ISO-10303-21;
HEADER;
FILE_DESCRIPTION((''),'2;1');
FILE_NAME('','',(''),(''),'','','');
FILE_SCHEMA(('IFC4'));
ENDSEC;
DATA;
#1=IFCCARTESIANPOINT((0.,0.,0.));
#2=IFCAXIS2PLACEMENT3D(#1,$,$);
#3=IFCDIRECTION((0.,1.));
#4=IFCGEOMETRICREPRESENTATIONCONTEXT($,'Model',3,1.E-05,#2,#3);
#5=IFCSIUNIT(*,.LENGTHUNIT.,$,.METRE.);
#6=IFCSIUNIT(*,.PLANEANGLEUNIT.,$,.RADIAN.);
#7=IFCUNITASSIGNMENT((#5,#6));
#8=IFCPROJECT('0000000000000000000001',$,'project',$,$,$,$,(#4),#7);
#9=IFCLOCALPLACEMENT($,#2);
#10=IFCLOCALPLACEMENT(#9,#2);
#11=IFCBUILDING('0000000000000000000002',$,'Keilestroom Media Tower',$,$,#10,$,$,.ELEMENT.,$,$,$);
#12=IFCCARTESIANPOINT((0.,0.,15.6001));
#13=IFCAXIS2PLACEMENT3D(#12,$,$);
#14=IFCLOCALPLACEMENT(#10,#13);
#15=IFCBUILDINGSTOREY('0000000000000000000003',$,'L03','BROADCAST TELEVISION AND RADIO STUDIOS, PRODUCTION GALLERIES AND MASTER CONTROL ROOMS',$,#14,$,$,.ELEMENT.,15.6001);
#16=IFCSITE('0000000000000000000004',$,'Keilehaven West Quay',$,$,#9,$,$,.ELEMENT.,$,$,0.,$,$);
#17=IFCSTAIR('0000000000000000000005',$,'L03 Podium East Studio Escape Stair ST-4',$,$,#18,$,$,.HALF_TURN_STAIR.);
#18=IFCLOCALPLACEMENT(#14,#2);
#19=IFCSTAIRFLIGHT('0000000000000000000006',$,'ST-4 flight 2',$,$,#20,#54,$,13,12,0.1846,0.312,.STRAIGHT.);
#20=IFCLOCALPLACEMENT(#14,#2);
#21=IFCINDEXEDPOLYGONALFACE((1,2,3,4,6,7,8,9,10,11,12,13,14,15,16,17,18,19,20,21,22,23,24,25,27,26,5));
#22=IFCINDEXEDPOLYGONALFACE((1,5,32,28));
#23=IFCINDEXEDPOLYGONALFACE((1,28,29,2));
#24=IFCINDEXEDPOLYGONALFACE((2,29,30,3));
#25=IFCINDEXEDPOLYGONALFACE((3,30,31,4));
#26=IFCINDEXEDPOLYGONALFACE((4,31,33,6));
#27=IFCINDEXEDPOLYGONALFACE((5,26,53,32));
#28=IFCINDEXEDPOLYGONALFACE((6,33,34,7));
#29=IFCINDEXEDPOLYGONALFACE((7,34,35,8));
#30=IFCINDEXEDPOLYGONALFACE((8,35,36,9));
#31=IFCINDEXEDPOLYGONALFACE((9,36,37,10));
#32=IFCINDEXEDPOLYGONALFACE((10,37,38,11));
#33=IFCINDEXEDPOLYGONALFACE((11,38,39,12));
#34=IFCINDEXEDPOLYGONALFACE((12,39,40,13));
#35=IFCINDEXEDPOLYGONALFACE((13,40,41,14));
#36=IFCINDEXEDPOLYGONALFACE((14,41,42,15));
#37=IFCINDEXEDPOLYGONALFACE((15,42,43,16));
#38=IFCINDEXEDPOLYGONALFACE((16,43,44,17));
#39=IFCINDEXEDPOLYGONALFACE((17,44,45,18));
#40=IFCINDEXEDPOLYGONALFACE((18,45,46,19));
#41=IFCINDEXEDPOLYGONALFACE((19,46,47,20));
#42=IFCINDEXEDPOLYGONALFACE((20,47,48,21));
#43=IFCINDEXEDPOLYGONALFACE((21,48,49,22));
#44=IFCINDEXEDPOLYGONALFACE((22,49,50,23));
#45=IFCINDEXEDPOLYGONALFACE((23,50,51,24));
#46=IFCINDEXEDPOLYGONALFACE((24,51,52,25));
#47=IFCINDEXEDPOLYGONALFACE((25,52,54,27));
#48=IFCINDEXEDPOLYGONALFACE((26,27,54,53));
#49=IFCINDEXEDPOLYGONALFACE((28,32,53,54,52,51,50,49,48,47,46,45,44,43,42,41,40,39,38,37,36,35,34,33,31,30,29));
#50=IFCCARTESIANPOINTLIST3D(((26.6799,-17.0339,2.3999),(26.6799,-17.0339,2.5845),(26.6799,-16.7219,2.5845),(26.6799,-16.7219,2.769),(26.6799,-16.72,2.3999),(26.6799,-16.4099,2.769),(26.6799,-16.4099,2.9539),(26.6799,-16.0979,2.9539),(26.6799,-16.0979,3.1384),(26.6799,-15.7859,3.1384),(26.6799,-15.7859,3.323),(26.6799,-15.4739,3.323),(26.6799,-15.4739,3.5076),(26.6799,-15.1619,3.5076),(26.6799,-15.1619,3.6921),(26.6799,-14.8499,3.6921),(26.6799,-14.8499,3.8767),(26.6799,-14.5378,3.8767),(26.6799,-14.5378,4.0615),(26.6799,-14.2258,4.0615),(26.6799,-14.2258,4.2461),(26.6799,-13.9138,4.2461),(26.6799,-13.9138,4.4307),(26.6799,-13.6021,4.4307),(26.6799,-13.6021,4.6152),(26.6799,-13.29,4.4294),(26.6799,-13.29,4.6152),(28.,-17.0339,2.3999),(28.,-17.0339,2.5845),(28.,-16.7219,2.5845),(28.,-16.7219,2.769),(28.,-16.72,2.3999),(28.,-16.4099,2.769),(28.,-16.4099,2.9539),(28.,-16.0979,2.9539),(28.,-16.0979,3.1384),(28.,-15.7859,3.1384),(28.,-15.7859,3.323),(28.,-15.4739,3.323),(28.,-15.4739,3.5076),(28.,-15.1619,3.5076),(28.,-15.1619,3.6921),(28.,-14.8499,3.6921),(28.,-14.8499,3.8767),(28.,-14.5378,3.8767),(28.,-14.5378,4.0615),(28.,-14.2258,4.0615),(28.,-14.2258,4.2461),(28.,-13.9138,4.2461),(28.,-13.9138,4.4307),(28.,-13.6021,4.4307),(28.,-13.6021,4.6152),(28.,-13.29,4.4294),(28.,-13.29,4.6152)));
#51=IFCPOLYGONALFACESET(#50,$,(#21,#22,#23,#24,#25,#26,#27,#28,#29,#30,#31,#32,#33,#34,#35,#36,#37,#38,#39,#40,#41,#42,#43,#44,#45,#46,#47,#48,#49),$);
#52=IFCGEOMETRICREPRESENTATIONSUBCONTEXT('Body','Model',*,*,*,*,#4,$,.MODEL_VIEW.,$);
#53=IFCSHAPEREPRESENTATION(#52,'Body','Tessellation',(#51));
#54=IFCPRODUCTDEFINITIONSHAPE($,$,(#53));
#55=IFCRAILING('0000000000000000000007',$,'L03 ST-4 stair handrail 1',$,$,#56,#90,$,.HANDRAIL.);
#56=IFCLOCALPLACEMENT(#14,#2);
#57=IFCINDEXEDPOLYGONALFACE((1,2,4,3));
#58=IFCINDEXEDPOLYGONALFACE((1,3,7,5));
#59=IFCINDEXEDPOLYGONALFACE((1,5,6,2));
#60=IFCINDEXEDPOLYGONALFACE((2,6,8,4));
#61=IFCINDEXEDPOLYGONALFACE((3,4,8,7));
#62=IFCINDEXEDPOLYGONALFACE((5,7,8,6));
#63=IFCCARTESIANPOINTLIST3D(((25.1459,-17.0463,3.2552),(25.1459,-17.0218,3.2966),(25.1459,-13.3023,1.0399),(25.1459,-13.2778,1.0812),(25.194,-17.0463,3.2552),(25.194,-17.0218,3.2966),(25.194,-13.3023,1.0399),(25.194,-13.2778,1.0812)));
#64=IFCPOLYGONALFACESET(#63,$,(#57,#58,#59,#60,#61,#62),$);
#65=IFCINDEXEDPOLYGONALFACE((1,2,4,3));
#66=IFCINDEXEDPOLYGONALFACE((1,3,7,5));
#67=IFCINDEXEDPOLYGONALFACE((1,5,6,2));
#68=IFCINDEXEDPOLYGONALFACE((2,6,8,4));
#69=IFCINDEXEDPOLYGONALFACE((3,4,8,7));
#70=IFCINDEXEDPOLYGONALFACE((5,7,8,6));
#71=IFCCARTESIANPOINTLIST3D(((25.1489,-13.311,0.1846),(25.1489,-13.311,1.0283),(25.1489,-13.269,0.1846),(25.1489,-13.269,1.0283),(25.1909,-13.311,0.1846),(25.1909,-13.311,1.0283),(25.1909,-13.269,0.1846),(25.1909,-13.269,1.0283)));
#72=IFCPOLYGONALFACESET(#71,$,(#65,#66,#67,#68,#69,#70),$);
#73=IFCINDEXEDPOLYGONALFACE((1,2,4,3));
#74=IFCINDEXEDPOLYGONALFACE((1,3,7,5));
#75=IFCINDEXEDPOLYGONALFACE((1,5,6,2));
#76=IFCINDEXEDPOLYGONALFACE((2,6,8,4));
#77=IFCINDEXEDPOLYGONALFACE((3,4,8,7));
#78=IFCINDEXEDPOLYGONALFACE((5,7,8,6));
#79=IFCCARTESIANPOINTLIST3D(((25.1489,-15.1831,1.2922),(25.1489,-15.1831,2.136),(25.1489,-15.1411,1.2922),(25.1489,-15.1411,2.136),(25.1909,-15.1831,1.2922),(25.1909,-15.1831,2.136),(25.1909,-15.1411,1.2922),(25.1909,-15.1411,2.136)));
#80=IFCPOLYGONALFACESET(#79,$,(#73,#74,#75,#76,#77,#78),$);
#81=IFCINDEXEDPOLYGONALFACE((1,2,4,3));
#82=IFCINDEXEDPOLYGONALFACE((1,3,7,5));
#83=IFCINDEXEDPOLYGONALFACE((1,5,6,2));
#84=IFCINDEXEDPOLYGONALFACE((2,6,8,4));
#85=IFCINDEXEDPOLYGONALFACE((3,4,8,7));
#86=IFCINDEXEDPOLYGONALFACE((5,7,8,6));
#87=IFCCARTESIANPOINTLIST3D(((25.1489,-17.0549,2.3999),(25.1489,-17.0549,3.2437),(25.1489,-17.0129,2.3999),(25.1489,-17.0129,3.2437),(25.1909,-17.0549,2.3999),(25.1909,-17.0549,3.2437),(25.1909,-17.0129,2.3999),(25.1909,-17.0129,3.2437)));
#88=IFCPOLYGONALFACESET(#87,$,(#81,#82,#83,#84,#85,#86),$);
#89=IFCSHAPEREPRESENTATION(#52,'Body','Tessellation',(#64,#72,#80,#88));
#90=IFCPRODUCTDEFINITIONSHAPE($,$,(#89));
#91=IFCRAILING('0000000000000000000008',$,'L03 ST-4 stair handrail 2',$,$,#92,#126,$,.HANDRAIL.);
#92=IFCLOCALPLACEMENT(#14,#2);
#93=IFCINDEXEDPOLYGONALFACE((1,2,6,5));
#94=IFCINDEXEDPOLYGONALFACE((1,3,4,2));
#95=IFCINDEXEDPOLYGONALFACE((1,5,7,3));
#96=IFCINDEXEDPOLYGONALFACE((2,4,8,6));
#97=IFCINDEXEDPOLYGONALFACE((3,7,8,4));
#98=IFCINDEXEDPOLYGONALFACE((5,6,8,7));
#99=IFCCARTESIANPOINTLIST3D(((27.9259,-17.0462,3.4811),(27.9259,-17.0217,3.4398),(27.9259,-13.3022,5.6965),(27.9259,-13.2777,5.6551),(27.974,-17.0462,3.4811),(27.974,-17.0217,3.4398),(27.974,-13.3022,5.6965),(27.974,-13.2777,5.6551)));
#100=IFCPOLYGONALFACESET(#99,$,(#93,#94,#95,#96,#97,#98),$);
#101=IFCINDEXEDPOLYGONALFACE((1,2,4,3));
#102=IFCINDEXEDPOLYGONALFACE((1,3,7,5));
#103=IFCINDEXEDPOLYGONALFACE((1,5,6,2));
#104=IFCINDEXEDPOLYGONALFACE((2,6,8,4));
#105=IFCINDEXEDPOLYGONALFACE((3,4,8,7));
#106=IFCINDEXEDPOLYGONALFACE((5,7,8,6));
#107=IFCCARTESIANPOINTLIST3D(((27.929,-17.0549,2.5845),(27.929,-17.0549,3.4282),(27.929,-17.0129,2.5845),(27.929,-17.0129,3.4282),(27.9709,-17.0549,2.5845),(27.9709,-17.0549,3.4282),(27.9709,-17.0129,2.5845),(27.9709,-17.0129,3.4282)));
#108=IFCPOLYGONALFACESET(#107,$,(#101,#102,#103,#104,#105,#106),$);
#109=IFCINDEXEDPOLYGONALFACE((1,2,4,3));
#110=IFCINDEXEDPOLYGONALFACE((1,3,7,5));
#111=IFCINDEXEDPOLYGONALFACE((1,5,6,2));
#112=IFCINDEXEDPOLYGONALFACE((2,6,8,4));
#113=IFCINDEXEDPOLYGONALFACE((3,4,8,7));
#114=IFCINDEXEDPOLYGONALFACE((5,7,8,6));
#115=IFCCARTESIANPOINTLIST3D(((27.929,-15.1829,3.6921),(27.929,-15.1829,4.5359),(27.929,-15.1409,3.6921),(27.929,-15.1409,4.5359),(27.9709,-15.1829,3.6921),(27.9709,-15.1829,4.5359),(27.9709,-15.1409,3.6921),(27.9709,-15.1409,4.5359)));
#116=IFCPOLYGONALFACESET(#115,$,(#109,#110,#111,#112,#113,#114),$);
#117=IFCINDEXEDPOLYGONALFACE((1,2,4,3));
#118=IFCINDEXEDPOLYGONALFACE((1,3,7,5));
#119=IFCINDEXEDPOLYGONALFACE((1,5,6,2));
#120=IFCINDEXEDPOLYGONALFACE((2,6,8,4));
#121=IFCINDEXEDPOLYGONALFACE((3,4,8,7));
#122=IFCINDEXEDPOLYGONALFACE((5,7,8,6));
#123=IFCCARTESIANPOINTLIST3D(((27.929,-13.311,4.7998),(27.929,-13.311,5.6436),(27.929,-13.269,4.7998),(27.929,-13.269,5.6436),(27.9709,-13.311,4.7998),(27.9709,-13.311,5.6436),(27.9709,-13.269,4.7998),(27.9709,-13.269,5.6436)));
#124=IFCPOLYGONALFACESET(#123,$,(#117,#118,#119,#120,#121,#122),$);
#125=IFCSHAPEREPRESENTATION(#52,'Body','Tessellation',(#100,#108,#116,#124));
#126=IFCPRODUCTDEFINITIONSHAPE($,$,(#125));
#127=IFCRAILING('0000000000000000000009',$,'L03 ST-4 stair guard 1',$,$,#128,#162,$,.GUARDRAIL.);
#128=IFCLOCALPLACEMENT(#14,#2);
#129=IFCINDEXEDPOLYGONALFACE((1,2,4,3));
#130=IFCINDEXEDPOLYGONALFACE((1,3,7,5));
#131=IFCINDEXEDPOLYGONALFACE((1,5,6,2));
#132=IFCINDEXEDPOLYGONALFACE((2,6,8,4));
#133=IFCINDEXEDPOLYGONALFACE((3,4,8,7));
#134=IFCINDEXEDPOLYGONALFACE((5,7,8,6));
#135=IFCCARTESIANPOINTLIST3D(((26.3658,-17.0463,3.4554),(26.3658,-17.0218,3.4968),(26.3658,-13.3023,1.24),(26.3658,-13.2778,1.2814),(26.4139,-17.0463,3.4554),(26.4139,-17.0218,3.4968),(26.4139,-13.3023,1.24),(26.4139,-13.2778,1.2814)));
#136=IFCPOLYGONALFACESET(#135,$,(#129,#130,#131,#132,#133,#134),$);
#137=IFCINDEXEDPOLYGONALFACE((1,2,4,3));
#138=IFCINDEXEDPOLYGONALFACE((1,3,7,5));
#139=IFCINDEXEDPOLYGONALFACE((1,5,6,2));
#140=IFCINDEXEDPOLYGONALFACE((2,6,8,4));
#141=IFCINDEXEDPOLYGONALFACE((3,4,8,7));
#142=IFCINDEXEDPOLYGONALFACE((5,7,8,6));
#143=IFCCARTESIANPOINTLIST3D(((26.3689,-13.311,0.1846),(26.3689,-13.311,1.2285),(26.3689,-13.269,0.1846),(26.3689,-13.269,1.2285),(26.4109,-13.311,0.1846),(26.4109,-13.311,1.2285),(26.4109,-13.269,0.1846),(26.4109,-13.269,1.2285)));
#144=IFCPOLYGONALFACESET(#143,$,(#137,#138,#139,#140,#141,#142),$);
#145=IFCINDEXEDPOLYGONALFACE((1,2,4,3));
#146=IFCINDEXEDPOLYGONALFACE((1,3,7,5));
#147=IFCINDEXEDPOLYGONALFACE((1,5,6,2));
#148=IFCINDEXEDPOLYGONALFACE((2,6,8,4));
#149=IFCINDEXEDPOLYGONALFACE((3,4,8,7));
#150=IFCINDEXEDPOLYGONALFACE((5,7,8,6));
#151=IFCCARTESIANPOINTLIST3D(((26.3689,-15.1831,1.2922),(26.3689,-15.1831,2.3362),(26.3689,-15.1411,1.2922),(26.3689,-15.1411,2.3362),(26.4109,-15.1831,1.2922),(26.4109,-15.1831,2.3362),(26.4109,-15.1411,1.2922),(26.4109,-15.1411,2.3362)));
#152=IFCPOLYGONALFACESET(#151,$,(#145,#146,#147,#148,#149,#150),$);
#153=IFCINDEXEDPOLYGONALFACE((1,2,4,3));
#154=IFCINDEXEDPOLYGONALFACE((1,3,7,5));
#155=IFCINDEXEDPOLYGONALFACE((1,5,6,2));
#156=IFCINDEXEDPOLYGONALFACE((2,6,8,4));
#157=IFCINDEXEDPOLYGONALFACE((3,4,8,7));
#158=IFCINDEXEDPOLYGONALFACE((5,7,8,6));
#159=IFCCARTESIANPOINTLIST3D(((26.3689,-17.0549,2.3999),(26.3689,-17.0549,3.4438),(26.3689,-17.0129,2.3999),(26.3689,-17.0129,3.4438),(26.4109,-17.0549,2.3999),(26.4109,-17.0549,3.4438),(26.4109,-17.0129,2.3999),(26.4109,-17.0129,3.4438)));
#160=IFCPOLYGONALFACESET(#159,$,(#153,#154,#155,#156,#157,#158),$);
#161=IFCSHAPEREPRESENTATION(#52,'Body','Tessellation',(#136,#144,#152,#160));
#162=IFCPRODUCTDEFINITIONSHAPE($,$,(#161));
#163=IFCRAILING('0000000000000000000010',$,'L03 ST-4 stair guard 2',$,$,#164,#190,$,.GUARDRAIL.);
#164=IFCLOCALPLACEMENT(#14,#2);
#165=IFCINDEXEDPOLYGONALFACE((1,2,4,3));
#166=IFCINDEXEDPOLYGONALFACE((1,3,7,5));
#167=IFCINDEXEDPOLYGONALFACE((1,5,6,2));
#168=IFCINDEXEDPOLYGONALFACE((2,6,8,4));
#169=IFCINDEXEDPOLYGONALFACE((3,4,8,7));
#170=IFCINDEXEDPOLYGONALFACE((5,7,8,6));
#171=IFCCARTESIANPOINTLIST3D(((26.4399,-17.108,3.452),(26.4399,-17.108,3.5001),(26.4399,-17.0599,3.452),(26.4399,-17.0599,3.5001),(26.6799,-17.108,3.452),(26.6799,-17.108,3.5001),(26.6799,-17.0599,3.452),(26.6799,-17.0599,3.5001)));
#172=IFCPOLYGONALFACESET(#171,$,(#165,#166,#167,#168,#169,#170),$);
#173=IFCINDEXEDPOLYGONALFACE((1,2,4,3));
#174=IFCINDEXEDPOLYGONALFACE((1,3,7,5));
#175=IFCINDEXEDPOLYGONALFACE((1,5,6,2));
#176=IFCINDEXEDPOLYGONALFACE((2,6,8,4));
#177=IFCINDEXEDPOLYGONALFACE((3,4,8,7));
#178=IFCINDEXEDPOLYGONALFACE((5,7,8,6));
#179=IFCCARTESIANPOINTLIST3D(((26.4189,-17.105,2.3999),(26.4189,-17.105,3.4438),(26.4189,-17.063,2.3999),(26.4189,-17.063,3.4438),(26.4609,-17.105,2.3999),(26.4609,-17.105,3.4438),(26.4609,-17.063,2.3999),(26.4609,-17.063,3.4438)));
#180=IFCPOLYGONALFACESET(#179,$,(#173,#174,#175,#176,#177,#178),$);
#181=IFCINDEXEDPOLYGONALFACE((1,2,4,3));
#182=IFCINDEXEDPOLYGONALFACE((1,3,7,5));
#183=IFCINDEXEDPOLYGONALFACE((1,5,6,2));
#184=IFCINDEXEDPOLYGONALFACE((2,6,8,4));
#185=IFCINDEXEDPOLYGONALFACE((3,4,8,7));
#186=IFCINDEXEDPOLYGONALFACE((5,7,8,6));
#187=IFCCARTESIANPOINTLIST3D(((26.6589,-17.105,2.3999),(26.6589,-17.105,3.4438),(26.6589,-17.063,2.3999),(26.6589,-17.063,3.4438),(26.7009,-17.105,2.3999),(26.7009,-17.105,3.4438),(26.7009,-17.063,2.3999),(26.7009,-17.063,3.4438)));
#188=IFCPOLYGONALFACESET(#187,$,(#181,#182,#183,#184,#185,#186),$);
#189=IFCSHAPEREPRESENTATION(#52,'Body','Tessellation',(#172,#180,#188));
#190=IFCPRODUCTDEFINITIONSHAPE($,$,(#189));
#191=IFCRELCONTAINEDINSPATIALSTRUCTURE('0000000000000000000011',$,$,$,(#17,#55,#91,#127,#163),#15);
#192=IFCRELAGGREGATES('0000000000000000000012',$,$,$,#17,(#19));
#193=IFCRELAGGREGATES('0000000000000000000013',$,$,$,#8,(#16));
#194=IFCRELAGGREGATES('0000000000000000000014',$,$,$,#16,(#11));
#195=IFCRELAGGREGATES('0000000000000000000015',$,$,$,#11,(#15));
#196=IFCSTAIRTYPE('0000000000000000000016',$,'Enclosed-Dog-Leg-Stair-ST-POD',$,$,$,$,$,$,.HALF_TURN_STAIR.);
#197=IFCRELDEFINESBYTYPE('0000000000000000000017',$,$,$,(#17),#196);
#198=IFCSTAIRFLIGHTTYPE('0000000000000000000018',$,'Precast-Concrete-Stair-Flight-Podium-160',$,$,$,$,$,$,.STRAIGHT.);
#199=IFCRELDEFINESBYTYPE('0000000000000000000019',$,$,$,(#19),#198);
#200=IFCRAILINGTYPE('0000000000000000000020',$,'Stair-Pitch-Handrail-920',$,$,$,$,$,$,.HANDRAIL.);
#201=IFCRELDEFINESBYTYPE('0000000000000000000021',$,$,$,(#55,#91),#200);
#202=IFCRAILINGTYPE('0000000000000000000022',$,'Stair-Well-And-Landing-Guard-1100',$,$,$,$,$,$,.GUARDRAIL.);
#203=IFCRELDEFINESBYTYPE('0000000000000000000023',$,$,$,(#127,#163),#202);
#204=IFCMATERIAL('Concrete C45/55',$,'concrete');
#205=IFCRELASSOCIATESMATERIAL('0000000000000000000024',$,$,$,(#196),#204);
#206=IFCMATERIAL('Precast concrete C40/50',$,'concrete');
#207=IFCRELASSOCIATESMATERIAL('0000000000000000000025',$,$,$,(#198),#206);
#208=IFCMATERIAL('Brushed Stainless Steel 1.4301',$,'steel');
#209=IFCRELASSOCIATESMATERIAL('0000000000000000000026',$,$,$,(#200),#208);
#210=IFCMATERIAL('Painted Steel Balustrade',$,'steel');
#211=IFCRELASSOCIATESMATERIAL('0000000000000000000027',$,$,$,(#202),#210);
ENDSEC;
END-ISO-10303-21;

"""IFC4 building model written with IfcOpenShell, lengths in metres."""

from ifc_helpers import new_model, si_unit, direction, frame, origin, origin_2d, place, context, subcontext, project, spatial, polyline, rectangle, outline, extrude, material, type_object, element, aggregate, save


model = new_model("IFC4")

# Units and contexts
model_context = context("Model", 3, precision=1e-05, world=origin(), true_north=direction((0.0, 1.0)))
body_context = subcontext(model_context, "Body", "Model", "MODEL_VIEW")
ifc_project = project(units=[si_unit("LENGTHUNIT", "METRE"), si_unit("PLANEANGLEUNIT", "RADIAN")], contexts=[model_context])

# Site, building, storey
site_placement = place(None, origin())
site = spatial("IfcSite", under=ifc_project, at=site_placement, Name="Keilehaven West Quay", CompositionType="ELEMENT", RefElevation=0.0)
building_placement = place(site_placement, origin())
building = spatial("IfcBuilding", under=site, at=building_placement, Name="Keilestroom Media Tower", CompositionType="ELEMENT")
storey_placement = place(building_placement, frame((0.0, 0.0, 15.6001)))
storey = spatial("IfcBuildingStorey", under=building, at=storey_placement, Name="L03", Description="BROADCAST TELEVISION AND RADIO STUDIOS, PRODUCTION GALLERIES AND MASTER CONTROL ROOMS", CompositionType="ELEMENT", Elevation=15.6001)

# Shared definitions
ifc_material_1 = material(Name="Precast concrete C40/50", Category="concrete")

# Stair, stair flight
ifc_material_2 = material(Name="Concrete C45/55", Category="concrete")
stair_type = type_object("IfcStairType", Name="Enclosed-Dog-Leg-Stair-ST-POD", PredefinedType="HALF_TURN_STAIR", material=ifc_material_2)
stair_placement = place(storey_placement, origin())
stair = element("IfcStair", 1, at=stair_placement, inside=storey, type_object=stair_type, Name="L03 Podium East Studio Escape Stair ST-4", PredefinedType="HALF_TURN_STAIR")
stair_flight_type = type_object("IfcStairFlightType", Name="Precast-Concrete-Stair-Flight-Podium-160", PredefinedType="STRAIGHT", material=ifc_material_1)
stair_flight_1_placement = place(storey_placement, frame((27.3401, -17.0339, 2.3999), z_axis=(0.0, 0.0, 1.0), x_axis=(0.0, 1.0, 0.0)))
stair_flight_1 = element("IfcStairFlight", 2, at=stair_flight_1_placement, type_object=stair_flight_type, Name="ST-4 flight 2", NumberOfRisers=13, NumberOfTreads=12, PredefinedType="STRAIGHT", RiserHeight=0.1846, TreadLength=0.312, context=body_context, shape_type="SweptSolid", body=[
    extrude(outline(polyline([(0.0, 0.0), (0.0, 0.1846), (0.312, 0.1846), (0.312, 0.3691), (0.624, 0.3691), (0.624, 0.554), (0.936, 0.554), (0.936, 0.7385), (1.248, 0.7385), (1.248, 0.9231), (1.5601, 0.9231), (1.5601, 1.1077), (1.8721, 1.1077), (1.8721, 1.2922), (2.1841, 1.2922), (2.1841, 1.4768), (2.4961, 1.4768), (2.4961, 1.6616), (2.8081, 1.6616), (2.8081, 1.8462), (3.1201, 1.8462), (3.1201, 2.0308), (3.4319, 2.0308), (3.4319, 2.2153), (3.7439, 2.2153), (3.7439, 2.3999), (3.7439, 2.0295), (0.314, 0.0), (0.0, 0.0)])), frame((0.0, 0.6602, 0.0), z_axis=(0.0, -1.0, 0.0), x_axis=(1.0, 0.0, 0.0)), (0.0, 0.0, 1.0), 1.3201),
])
aggregate(stair, [stair_flight_1])

# Railings
ifc_material_3 = material(Name="Brushed Stainless Steel 1.4301", Category="steel")
railing_type_1 = type_object("IfcRailingType", Name="Stair-Pitch-Handrail-920", PredefinedType="HANDRAIL", material=ifc_material_3)
railing_1_placement = place(storey_placement, frame((25.1699, -13.29, 0.1846)))
element("IfcRailing", 3, at=railing_1_placement, inside=storey, type_object=railing_type_1, Name="L03 ST-4 stair handrail 1", PredefinedType="HANDRAIL", context=body_context, shape_type="SweptSolid", body=[
    extrude(rectangle(XDim=0.0481, YDim=0.0481, at=origin_2d()), frame((0.0, 0.0, 0.876), z_axis=(0.0, -0.860621, 0.509245), x_axis=(1.0, 0.0, 0.0)), (0.0, 0.0, 1.0), 4.3503),
    extrude(rectangle(XDim=0.042, YDim=0.042, at=origin_2d()), origin(), (0.0, 0.0, 1.0), 0.8438),
    extrude(rectangle(XDim=0.042, YDim=0.042, at=origin_2d()), frame((0.0, -1.8721, 1.1077)), (0.0, 0.0, 1.0), 0.8438),
    extrude(rectangle(XDim=0.042, YDim=0.042, at=origin_2d()), frame((0.0, -3.7439, 2.2153)), (0.0, 0.0, 1.0), 0.8438),
])
railing_2_placement = place(storey_placement, frame((27.95, -17.0339, 2.5845)))
element("IfcRailing", 4, at=railing_2_placement, inside=storey, type_object=railing_type_1, Name="L03 ST-4 stair handrail 2", PredefinedType="HANDRAIL", context=body_context, shape_type="SweptSolid", body=[
    extrude(rectangle(XDim=0.0481, YDim=0.0481, at=origin_2d()), frame((0.0, 0.0, 0.876), z_axis=(0.0, 0.860621, 0.509245), x_axis=(-1.0, 0.0, 0.0)), (0.0, 0.0, 1.0), 4.3503),
    extrude(rectangle(XDim=0.042, YDim=0.042, at=origin_2d()), origin(), (0.0, 0.0, 1.0), 0.8438),
    extrude(rectangle(XDim=0.042, YDim=0.042, at=origin_2d()), frame((0.0, 1.8721, 1.1077)), (0.0, 0.0, 1.0), 0.8438),
    extrude(rectangle(XDim=0.042, YDim=0.042, at=origin_2d()), frame((0.0, 3.7439, 2.2153)), (0.0, 0.0, 1.0), 0.8438),
])
ifc_material_4 = material(Name="Painted Steel Balustrade", Category="steel")
railing_type_2 = type_object("IfcRailingType", Name="Stair-Well-And-Landing-Guard-1100", PredefinedType="GUARDRAIL", material=ifc_material_4)
railing_3_placement = place(storey_placement, frame((26.3899, -13.29, 0.1846)))
element("IfcRailing", 5, at=railing_3_placement, inside=storey, type_object=railing_type_2, Name="L03 ST-4 stair guard 1", PredefinedType="GUARDRAIL", context=body_context, shape_type="SweptSolid", body=[
    extrude(rectangle(XDim=0.0481, YDim=0.0481, at=origin_2d()), frame((0.0, 0.0, 1.0762), z_axis=(0.0, -0.860621, 0.509245), x_axis=(1.0, 0.0, 0.0)), (0.0, 0.0, 1.0), 4.3503),
    extrude(rectangle(XDim=0.042, YDim=0.042, at=origin_2d()), origin(), (0.0, 0.0, 1.0), 1.0439),
    extrude(rectangle(XDim=0.042, YDim=0.042, at=origin_2d()), frame((0.0, -1.8721, 1.1077)), (0.0, 0.0, 1.0), 1.0439),
    extrude(rectangle(XDim=0.042, YDim=0.042, at=origin_2d()), frame((0.0, -3.7439, 2.2153)), (0.0, 0.0, 1.0), 1.0439),
])
railing_4_placement = place(storey_placement, frame((26.4399, -17.084, 2.3999)))
element("IfcRailing", 6, at=railing_4_placement, inside=storey, type_object=railing_type_2, Name="L03 ST-4 stair guard 2", PredefinedType="GUARDRAIL", context=body_context, shape_type="SweptSolid", body=[
    extrude(rectangle(XDim=0.0481, YDim=0.0481, at=origin_2d()), frame((0.0, 0.0, 1.0762), z_axis=(1.0, 0.0, 0.0), x_axis=(0.0, 1.0, 0.0)), (0.0, 0.0, 1.0), 0.24),
    extrude(rectangle(XDim=0.042, YDim=0.042, at=origin_2d()), origin(), (0.0, 0.0, 1.0), 1.0439),
    extrude(rectangle(XDim=0.042, YDim=0.042, at=origin_2d()), frame((0.24, 0.0, 0.0)), (0.0, 0.0, 1.0), 1.0439),
])

save(model, "model.ifc")
